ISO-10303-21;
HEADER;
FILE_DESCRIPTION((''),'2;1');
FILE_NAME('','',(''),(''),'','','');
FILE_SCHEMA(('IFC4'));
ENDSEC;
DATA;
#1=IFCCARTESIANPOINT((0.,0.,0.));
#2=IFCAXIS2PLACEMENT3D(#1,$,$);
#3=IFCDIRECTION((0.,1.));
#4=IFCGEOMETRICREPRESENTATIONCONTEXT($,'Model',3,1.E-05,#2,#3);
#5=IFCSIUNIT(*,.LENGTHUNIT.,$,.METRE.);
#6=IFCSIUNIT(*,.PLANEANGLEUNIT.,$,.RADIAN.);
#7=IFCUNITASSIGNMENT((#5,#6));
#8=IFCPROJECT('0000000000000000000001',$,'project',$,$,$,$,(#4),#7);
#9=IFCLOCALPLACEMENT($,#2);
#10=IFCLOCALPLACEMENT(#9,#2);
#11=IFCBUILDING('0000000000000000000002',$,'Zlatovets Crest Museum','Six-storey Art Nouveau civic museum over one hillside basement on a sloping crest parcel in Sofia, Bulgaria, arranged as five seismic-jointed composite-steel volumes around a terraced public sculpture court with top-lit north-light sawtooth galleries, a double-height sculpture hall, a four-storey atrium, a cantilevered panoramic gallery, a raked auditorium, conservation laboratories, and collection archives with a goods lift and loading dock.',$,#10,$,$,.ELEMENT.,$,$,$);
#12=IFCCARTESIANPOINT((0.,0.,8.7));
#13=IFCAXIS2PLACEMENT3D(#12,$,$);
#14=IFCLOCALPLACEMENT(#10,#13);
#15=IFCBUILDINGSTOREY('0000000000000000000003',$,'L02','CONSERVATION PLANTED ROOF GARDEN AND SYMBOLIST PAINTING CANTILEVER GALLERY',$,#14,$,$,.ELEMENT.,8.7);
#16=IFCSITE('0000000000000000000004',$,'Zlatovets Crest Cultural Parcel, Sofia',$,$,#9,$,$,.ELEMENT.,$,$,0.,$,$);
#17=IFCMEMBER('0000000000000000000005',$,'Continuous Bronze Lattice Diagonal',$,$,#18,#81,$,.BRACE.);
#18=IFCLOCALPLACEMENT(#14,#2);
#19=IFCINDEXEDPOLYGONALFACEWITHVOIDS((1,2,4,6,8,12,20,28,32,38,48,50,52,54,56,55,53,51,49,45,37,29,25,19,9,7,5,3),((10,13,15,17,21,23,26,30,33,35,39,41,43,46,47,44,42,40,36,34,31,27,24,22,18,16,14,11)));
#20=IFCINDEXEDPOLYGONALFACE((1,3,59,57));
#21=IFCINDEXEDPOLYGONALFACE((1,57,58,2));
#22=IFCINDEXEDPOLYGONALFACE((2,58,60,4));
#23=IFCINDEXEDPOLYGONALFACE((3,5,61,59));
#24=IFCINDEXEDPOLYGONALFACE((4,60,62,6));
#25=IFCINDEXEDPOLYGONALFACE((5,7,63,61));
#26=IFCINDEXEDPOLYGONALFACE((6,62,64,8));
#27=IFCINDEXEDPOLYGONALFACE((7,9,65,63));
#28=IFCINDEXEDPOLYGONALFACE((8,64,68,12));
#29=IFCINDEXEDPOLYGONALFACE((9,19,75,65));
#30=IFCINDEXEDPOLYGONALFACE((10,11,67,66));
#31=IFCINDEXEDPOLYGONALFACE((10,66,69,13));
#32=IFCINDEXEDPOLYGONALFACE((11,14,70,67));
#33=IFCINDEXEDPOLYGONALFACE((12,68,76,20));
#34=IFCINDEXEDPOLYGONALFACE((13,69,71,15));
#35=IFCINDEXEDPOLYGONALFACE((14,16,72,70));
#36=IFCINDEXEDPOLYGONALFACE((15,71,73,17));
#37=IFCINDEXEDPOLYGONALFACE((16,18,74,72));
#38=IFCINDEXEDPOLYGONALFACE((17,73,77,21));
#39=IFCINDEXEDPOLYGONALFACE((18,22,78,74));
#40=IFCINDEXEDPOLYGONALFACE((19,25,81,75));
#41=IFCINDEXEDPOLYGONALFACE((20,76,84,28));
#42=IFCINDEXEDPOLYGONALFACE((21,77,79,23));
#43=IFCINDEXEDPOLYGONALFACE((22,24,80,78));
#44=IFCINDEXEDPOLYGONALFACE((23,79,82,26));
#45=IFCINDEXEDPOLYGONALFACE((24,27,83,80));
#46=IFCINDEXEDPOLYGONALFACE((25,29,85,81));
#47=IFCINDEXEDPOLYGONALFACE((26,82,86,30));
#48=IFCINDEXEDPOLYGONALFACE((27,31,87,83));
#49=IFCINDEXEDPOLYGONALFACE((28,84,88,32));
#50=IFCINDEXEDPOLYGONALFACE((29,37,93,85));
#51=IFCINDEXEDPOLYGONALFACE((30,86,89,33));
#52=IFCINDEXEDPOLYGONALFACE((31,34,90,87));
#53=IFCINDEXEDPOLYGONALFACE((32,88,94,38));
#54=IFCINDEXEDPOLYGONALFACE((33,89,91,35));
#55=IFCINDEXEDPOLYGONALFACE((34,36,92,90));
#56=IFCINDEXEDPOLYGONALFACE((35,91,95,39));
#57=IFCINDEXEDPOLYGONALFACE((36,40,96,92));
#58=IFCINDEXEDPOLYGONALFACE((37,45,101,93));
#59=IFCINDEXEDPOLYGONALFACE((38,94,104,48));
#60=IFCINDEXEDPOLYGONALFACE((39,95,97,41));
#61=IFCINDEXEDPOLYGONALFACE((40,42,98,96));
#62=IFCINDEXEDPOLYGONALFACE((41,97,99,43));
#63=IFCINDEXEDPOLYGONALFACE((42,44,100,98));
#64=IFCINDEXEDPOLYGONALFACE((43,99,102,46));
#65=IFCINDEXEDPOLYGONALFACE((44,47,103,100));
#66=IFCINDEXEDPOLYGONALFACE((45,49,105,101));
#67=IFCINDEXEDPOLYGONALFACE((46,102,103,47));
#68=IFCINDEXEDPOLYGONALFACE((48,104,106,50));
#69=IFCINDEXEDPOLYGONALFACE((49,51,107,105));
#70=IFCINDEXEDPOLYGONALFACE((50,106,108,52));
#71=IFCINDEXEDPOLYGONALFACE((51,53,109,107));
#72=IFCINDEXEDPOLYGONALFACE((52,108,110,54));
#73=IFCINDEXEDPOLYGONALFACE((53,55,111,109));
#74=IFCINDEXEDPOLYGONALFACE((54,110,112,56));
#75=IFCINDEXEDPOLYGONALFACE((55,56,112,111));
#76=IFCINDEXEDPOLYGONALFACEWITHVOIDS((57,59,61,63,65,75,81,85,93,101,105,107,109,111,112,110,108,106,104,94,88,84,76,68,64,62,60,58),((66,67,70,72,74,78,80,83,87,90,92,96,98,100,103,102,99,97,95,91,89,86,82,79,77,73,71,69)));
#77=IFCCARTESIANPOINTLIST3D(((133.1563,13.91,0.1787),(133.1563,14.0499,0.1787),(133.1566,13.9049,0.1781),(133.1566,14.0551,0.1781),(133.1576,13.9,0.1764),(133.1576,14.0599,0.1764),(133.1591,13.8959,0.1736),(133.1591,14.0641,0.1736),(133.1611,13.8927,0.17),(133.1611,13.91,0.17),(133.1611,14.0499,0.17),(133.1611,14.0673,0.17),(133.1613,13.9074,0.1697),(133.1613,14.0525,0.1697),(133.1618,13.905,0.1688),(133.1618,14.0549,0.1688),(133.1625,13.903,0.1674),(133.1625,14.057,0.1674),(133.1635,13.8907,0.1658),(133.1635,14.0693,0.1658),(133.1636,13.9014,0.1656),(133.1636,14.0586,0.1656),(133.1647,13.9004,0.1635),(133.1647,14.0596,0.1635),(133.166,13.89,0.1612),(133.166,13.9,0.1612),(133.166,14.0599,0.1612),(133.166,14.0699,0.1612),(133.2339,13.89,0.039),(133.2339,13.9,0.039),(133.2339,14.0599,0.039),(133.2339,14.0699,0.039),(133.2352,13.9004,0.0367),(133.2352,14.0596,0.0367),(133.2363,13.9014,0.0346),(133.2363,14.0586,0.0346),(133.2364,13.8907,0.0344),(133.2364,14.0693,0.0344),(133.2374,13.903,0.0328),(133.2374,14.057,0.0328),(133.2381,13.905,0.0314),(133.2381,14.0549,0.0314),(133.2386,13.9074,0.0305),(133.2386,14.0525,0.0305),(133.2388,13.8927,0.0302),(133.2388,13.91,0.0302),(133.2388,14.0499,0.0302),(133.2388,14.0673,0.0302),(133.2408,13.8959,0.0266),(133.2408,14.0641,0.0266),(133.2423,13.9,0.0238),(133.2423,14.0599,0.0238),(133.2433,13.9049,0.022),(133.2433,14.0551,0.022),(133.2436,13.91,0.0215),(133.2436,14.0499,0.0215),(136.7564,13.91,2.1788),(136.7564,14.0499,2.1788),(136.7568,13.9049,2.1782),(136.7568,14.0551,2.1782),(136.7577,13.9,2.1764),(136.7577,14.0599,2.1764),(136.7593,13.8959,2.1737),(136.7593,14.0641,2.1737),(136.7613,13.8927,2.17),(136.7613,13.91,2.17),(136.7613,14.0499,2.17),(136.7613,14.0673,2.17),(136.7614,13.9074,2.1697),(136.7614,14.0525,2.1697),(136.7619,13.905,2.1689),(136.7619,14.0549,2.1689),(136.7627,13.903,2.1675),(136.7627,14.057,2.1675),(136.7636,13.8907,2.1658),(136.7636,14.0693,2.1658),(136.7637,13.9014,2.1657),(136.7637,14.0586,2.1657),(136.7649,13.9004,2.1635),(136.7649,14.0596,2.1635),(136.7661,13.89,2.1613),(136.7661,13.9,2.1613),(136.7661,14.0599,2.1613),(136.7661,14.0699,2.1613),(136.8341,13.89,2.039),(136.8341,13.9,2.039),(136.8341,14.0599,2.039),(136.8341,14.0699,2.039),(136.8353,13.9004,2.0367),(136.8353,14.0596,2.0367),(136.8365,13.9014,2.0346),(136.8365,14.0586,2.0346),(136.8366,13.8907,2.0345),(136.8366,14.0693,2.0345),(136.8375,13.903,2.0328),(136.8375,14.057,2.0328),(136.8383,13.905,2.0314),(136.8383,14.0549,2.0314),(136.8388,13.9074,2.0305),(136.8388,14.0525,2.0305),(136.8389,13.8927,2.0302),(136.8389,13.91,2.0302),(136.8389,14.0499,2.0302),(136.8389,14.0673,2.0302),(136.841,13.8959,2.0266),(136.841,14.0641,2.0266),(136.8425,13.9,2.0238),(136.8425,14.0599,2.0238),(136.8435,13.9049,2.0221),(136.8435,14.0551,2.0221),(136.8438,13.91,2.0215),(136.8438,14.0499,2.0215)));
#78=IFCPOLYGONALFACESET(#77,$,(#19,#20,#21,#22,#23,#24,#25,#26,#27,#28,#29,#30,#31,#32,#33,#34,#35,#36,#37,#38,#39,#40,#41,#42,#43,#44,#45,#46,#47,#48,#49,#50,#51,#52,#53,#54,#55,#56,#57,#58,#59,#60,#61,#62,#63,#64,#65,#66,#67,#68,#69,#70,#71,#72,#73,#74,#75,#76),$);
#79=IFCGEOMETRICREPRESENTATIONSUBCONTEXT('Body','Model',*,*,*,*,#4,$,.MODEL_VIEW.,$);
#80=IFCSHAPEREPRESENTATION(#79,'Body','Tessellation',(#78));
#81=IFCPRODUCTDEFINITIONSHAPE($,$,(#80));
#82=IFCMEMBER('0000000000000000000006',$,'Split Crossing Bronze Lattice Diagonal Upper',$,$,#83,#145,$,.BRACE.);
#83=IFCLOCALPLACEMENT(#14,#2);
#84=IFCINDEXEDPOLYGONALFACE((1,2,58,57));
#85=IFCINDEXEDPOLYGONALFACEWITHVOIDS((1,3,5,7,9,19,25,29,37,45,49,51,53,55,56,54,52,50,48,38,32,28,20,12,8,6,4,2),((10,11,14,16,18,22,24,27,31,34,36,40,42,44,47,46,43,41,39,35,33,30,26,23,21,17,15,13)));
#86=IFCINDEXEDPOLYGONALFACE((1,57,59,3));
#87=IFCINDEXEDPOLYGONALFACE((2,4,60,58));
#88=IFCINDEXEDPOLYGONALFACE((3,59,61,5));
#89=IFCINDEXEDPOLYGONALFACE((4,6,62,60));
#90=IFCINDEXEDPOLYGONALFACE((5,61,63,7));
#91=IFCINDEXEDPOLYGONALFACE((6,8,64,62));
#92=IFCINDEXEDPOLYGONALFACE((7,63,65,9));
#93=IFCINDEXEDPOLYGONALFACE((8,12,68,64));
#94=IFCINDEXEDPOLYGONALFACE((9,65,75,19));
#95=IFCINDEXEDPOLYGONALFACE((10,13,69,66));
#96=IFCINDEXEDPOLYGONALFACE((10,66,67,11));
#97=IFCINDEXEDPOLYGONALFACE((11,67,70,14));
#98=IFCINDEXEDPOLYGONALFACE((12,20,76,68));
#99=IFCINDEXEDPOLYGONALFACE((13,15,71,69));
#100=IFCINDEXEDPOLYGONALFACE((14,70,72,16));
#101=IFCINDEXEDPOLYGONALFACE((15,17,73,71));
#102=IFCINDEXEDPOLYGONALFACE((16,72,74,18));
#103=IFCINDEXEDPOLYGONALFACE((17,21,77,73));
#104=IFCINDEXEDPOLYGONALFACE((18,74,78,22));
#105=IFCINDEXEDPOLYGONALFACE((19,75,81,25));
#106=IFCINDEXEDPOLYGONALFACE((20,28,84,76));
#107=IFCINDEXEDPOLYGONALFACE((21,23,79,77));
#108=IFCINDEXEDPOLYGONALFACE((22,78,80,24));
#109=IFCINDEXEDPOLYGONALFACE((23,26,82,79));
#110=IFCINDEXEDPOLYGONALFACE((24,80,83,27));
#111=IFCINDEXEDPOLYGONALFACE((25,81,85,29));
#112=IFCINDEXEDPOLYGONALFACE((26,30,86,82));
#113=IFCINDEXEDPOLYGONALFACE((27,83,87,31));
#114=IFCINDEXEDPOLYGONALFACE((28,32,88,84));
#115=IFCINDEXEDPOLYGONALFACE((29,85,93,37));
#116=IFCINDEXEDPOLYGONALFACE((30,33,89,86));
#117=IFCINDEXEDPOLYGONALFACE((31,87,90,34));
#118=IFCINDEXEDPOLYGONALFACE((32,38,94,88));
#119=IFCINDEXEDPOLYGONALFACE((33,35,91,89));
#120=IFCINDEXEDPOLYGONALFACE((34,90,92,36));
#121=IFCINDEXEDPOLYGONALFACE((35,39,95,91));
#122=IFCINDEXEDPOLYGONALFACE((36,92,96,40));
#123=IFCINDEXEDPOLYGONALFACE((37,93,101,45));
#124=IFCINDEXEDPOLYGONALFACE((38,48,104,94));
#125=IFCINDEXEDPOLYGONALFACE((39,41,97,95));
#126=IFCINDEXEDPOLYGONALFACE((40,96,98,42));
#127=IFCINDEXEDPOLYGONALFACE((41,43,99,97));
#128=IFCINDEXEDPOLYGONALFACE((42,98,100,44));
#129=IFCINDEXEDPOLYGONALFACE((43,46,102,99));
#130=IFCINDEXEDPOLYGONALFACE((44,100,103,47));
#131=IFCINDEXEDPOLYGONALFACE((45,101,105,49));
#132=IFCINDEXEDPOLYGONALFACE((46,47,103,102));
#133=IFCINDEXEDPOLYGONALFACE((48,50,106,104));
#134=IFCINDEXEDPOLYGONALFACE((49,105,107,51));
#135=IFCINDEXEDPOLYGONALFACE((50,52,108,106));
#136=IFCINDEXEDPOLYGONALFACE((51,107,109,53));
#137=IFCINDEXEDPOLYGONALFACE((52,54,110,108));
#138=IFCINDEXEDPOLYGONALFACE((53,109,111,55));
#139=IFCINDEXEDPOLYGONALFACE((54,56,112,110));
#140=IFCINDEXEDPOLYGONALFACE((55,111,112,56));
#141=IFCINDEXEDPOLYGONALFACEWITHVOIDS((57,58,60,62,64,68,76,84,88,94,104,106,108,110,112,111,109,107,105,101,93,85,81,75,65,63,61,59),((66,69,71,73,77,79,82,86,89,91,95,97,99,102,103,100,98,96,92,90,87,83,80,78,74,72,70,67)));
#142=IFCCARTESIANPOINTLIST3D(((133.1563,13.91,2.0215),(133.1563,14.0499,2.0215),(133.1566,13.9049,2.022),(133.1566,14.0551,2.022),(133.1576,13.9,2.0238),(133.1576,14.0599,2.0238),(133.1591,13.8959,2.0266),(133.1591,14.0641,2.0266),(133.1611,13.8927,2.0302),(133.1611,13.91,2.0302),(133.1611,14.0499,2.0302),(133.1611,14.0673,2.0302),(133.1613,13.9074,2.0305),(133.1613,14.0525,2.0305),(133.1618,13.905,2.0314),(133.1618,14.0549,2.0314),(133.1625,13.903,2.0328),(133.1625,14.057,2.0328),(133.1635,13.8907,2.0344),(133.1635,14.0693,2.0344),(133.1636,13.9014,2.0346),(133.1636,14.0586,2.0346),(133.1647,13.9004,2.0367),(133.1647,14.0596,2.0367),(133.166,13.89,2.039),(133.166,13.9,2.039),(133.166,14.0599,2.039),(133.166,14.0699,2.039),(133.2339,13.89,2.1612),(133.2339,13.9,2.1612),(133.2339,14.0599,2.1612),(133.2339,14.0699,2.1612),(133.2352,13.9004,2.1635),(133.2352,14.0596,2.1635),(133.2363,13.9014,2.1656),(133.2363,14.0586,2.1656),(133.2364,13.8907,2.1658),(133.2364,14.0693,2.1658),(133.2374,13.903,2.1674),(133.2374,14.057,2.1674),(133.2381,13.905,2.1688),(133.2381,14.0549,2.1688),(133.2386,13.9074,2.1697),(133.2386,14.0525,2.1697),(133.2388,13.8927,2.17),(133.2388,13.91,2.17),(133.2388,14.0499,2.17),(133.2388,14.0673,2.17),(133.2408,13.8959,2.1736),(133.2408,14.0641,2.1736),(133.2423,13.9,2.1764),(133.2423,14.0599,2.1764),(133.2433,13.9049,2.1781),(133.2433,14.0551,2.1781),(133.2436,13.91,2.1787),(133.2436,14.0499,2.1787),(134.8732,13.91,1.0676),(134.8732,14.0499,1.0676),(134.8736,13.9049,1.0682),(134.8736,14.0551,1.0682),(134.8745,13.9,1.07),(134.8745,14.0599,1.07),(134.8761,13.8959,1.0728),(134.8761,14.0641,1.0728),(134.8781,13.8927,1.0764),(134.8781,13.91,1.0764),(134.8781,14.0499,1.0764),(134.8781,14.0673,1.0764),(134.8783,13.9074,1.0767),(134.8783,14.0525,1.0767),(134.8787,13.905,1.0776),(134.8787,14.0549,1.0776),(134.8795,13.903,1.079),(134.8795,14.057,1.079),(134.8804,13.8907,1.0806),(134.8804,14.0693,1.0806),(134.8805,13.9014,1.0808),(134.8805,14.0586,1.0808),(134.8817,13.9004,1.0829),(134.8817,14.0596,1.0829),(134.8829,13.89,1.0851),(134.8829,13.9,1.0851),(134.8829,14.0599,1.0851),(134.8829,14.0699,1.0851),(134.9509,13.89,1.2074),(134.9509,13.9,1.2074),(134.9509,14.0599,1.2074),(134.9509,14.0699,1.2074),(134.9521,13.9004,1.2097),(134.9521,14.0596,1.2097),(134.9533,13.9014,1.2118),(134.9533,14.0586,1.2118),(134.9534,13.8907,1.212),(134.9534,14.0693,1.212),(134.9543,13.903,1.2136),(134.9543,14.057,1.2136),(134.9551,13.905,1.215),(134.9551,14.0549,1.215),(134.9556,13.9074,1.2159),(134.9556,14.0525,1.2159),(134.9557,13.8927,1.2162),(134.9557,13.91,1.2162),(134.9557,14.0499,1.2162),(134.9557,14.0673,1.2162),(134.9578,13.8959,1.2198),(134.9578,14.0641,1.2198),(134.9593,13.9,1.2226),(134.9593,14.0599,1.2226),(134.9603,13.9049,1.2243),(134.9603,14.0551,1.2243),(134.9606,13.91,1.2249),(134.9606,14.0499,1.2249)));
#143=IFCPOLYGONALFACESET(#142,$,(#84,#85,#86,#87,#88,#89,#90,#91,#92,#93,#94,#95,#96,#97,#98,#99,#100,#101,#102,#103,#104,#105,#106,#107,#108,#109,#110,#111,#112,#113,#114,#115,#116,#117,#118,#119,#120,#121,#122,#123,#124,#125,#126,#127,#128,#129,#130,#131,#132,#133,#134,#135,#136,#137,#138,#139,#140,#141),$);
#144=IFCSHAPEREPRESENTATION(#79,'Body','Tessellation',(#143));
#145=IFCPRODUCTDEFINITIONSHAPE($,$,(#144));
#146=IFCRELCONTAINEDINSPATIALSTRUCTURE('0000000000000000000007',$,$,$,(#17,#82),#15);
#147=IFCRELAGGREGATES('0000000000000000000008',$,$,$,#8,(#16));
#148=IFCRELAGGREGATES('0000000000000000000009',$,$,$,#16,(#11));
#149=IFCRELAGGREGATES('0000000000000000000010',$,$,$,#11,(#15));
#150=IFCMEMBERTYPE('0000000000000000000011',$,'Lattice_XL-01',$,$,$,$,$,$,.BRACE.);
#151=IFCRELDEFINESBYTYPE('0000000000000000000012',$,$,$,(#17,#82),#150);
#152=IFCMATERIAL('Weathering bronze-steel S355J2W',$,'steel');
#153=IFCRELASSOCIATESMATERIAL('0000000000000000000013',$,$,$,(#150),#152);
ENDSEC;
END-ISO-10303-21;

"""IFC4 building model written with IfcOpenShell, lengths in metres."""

from ifc_helpers import new_model, si_unit, direction, frame, origin, origin_2d, place, context, subcontext, project, spatial, hollow_rectangle, extrude, material, material_profile, profile_set, type_object, element, save


model = new_model("IFC4")

# Units and contexts
model_context = context("Model", 3, precision=1e-05, world=origin(), true_north=direction((0.0, 1.0)))
body_context = subcontext(model_context, "Body", "Model", "MODEL_VIEW")
ifc_project = project(units=[si_unit("LENGTHUNIT", "METRE"), si_unit("PLANEANGLEUNIT", "RADIAN")], contexts=[model_context])

# Site, building, storey
site_placement = place(None, origin())
site = spatial("IfcSite", under=ifc_project, at=site_placement, Name="Zlatovets Crest Cultural Parcel, Sofia", CompositionType="ELEMENT", RefElevation=0.0)
building_placement = place(site_placement, origin())
building = spatial("IfcBuilding", under=site, at=building_placement, Name="Zlatovets Crest Museum", Description="Six-storey Art Nouveau civic museum over one hillside basement on a sloping crest parcel in Sofia, Bulgaria, arranged as five seismic-jointed composite-steel volumes around a terraced public sculpture court with top-lit north-light sawtooth galleries, a double-height sculpture hall, a four-storey atrium, a cantilevered panoramic gallery, a raked auditorium, conservation laboratories, and collection archives with a goods lift and loading dock.", CompositionType="ELEMENT")
storey_placement = place(building_placement, frame((0.0, 0.0, 8.7)))
storey = spatial("IfcBuildingStorey", under=building, at=storey_placement, Name="L02", Description="CONSERVATION PLANTED ROOF GARDEN AND SYMBOLIST PAINTING CANTILEVER GALLERY", CompositionType="ELEMENT", Elevation=8.7)

# Members
ifc_material_1 = material(Name="Weathering bronze-steel S355J2W", Category="steel")
ifc_material_profile_1 = material_profile(ifc_material_1, hollow_rectangle(XDim=0.1799, YDim=0.1799, WallThickness=0.01, InnerFilletRadius=0.01, OuterFilletRadius=0.02, at=origin_2d()), Name="SHS 180x180x10.0")
ifc_profile_set_1 = profile_set([ifc_material_profile_1], Name="Weathering bronze-steel S355J2W")
member_type_1 = type_object("IfcMemberType", Name="Lattice_XL-01", PredefinedType="BRACE", material=ifc_profile_set_1)
member_1_placement = place(storey_placement, frame((133.2, 13.98, 0.1001), z_axis=(0.874163, 0.0, 0.485633), x_axis=(0.0, 1.0, 0.0)))
element("IfcMember", 1, at=member_1_placement, inside=storey, type_object=member_type_1, Name="Continuous Bronze Lattice Diagonal", PredefinedType="BRACE", context=body_context, shape_type="SweptSolid", body=[
    extrude(hollow_rectangle(XDim=0.1799, YDim=0.1799, WallThickness=0.01, InnerFilletRadius=0.01, OuterFilletRadius=0.02, at=origin_2d()), origin(), (0.0, 0.0, 1.0), 4.1184),
])
for number, where, z_axis, x_axis, name in (
    (2, (133.2, 13.98, 2.1001), (0.874169, 0.0, -0.485622), (0.0, 1.0, 0.0), "Split Crossing Bronze Lattice Diagonal Upper"),
):
    element("IfcMember", number, at=place(storey_placement, frame(where, z_axis=z_axis, x_axis=x_axis)), inside=storey, type_object=member_type_1, Name=name, PredefinedType="BRACE", context=body_context, shape_type="SweptSolid", body=[
        extrude(hollow_rectangle(XDim=0.1799, YDim=0.1799, WallThickness=0.01, InnerFilletRadius=0.01, OuterFilletRadius=0.02, at=origin_2d()), origin(), (0.0, 0.0, 1.0), 1.9641),
    ])

save(model, "model.ifc")
